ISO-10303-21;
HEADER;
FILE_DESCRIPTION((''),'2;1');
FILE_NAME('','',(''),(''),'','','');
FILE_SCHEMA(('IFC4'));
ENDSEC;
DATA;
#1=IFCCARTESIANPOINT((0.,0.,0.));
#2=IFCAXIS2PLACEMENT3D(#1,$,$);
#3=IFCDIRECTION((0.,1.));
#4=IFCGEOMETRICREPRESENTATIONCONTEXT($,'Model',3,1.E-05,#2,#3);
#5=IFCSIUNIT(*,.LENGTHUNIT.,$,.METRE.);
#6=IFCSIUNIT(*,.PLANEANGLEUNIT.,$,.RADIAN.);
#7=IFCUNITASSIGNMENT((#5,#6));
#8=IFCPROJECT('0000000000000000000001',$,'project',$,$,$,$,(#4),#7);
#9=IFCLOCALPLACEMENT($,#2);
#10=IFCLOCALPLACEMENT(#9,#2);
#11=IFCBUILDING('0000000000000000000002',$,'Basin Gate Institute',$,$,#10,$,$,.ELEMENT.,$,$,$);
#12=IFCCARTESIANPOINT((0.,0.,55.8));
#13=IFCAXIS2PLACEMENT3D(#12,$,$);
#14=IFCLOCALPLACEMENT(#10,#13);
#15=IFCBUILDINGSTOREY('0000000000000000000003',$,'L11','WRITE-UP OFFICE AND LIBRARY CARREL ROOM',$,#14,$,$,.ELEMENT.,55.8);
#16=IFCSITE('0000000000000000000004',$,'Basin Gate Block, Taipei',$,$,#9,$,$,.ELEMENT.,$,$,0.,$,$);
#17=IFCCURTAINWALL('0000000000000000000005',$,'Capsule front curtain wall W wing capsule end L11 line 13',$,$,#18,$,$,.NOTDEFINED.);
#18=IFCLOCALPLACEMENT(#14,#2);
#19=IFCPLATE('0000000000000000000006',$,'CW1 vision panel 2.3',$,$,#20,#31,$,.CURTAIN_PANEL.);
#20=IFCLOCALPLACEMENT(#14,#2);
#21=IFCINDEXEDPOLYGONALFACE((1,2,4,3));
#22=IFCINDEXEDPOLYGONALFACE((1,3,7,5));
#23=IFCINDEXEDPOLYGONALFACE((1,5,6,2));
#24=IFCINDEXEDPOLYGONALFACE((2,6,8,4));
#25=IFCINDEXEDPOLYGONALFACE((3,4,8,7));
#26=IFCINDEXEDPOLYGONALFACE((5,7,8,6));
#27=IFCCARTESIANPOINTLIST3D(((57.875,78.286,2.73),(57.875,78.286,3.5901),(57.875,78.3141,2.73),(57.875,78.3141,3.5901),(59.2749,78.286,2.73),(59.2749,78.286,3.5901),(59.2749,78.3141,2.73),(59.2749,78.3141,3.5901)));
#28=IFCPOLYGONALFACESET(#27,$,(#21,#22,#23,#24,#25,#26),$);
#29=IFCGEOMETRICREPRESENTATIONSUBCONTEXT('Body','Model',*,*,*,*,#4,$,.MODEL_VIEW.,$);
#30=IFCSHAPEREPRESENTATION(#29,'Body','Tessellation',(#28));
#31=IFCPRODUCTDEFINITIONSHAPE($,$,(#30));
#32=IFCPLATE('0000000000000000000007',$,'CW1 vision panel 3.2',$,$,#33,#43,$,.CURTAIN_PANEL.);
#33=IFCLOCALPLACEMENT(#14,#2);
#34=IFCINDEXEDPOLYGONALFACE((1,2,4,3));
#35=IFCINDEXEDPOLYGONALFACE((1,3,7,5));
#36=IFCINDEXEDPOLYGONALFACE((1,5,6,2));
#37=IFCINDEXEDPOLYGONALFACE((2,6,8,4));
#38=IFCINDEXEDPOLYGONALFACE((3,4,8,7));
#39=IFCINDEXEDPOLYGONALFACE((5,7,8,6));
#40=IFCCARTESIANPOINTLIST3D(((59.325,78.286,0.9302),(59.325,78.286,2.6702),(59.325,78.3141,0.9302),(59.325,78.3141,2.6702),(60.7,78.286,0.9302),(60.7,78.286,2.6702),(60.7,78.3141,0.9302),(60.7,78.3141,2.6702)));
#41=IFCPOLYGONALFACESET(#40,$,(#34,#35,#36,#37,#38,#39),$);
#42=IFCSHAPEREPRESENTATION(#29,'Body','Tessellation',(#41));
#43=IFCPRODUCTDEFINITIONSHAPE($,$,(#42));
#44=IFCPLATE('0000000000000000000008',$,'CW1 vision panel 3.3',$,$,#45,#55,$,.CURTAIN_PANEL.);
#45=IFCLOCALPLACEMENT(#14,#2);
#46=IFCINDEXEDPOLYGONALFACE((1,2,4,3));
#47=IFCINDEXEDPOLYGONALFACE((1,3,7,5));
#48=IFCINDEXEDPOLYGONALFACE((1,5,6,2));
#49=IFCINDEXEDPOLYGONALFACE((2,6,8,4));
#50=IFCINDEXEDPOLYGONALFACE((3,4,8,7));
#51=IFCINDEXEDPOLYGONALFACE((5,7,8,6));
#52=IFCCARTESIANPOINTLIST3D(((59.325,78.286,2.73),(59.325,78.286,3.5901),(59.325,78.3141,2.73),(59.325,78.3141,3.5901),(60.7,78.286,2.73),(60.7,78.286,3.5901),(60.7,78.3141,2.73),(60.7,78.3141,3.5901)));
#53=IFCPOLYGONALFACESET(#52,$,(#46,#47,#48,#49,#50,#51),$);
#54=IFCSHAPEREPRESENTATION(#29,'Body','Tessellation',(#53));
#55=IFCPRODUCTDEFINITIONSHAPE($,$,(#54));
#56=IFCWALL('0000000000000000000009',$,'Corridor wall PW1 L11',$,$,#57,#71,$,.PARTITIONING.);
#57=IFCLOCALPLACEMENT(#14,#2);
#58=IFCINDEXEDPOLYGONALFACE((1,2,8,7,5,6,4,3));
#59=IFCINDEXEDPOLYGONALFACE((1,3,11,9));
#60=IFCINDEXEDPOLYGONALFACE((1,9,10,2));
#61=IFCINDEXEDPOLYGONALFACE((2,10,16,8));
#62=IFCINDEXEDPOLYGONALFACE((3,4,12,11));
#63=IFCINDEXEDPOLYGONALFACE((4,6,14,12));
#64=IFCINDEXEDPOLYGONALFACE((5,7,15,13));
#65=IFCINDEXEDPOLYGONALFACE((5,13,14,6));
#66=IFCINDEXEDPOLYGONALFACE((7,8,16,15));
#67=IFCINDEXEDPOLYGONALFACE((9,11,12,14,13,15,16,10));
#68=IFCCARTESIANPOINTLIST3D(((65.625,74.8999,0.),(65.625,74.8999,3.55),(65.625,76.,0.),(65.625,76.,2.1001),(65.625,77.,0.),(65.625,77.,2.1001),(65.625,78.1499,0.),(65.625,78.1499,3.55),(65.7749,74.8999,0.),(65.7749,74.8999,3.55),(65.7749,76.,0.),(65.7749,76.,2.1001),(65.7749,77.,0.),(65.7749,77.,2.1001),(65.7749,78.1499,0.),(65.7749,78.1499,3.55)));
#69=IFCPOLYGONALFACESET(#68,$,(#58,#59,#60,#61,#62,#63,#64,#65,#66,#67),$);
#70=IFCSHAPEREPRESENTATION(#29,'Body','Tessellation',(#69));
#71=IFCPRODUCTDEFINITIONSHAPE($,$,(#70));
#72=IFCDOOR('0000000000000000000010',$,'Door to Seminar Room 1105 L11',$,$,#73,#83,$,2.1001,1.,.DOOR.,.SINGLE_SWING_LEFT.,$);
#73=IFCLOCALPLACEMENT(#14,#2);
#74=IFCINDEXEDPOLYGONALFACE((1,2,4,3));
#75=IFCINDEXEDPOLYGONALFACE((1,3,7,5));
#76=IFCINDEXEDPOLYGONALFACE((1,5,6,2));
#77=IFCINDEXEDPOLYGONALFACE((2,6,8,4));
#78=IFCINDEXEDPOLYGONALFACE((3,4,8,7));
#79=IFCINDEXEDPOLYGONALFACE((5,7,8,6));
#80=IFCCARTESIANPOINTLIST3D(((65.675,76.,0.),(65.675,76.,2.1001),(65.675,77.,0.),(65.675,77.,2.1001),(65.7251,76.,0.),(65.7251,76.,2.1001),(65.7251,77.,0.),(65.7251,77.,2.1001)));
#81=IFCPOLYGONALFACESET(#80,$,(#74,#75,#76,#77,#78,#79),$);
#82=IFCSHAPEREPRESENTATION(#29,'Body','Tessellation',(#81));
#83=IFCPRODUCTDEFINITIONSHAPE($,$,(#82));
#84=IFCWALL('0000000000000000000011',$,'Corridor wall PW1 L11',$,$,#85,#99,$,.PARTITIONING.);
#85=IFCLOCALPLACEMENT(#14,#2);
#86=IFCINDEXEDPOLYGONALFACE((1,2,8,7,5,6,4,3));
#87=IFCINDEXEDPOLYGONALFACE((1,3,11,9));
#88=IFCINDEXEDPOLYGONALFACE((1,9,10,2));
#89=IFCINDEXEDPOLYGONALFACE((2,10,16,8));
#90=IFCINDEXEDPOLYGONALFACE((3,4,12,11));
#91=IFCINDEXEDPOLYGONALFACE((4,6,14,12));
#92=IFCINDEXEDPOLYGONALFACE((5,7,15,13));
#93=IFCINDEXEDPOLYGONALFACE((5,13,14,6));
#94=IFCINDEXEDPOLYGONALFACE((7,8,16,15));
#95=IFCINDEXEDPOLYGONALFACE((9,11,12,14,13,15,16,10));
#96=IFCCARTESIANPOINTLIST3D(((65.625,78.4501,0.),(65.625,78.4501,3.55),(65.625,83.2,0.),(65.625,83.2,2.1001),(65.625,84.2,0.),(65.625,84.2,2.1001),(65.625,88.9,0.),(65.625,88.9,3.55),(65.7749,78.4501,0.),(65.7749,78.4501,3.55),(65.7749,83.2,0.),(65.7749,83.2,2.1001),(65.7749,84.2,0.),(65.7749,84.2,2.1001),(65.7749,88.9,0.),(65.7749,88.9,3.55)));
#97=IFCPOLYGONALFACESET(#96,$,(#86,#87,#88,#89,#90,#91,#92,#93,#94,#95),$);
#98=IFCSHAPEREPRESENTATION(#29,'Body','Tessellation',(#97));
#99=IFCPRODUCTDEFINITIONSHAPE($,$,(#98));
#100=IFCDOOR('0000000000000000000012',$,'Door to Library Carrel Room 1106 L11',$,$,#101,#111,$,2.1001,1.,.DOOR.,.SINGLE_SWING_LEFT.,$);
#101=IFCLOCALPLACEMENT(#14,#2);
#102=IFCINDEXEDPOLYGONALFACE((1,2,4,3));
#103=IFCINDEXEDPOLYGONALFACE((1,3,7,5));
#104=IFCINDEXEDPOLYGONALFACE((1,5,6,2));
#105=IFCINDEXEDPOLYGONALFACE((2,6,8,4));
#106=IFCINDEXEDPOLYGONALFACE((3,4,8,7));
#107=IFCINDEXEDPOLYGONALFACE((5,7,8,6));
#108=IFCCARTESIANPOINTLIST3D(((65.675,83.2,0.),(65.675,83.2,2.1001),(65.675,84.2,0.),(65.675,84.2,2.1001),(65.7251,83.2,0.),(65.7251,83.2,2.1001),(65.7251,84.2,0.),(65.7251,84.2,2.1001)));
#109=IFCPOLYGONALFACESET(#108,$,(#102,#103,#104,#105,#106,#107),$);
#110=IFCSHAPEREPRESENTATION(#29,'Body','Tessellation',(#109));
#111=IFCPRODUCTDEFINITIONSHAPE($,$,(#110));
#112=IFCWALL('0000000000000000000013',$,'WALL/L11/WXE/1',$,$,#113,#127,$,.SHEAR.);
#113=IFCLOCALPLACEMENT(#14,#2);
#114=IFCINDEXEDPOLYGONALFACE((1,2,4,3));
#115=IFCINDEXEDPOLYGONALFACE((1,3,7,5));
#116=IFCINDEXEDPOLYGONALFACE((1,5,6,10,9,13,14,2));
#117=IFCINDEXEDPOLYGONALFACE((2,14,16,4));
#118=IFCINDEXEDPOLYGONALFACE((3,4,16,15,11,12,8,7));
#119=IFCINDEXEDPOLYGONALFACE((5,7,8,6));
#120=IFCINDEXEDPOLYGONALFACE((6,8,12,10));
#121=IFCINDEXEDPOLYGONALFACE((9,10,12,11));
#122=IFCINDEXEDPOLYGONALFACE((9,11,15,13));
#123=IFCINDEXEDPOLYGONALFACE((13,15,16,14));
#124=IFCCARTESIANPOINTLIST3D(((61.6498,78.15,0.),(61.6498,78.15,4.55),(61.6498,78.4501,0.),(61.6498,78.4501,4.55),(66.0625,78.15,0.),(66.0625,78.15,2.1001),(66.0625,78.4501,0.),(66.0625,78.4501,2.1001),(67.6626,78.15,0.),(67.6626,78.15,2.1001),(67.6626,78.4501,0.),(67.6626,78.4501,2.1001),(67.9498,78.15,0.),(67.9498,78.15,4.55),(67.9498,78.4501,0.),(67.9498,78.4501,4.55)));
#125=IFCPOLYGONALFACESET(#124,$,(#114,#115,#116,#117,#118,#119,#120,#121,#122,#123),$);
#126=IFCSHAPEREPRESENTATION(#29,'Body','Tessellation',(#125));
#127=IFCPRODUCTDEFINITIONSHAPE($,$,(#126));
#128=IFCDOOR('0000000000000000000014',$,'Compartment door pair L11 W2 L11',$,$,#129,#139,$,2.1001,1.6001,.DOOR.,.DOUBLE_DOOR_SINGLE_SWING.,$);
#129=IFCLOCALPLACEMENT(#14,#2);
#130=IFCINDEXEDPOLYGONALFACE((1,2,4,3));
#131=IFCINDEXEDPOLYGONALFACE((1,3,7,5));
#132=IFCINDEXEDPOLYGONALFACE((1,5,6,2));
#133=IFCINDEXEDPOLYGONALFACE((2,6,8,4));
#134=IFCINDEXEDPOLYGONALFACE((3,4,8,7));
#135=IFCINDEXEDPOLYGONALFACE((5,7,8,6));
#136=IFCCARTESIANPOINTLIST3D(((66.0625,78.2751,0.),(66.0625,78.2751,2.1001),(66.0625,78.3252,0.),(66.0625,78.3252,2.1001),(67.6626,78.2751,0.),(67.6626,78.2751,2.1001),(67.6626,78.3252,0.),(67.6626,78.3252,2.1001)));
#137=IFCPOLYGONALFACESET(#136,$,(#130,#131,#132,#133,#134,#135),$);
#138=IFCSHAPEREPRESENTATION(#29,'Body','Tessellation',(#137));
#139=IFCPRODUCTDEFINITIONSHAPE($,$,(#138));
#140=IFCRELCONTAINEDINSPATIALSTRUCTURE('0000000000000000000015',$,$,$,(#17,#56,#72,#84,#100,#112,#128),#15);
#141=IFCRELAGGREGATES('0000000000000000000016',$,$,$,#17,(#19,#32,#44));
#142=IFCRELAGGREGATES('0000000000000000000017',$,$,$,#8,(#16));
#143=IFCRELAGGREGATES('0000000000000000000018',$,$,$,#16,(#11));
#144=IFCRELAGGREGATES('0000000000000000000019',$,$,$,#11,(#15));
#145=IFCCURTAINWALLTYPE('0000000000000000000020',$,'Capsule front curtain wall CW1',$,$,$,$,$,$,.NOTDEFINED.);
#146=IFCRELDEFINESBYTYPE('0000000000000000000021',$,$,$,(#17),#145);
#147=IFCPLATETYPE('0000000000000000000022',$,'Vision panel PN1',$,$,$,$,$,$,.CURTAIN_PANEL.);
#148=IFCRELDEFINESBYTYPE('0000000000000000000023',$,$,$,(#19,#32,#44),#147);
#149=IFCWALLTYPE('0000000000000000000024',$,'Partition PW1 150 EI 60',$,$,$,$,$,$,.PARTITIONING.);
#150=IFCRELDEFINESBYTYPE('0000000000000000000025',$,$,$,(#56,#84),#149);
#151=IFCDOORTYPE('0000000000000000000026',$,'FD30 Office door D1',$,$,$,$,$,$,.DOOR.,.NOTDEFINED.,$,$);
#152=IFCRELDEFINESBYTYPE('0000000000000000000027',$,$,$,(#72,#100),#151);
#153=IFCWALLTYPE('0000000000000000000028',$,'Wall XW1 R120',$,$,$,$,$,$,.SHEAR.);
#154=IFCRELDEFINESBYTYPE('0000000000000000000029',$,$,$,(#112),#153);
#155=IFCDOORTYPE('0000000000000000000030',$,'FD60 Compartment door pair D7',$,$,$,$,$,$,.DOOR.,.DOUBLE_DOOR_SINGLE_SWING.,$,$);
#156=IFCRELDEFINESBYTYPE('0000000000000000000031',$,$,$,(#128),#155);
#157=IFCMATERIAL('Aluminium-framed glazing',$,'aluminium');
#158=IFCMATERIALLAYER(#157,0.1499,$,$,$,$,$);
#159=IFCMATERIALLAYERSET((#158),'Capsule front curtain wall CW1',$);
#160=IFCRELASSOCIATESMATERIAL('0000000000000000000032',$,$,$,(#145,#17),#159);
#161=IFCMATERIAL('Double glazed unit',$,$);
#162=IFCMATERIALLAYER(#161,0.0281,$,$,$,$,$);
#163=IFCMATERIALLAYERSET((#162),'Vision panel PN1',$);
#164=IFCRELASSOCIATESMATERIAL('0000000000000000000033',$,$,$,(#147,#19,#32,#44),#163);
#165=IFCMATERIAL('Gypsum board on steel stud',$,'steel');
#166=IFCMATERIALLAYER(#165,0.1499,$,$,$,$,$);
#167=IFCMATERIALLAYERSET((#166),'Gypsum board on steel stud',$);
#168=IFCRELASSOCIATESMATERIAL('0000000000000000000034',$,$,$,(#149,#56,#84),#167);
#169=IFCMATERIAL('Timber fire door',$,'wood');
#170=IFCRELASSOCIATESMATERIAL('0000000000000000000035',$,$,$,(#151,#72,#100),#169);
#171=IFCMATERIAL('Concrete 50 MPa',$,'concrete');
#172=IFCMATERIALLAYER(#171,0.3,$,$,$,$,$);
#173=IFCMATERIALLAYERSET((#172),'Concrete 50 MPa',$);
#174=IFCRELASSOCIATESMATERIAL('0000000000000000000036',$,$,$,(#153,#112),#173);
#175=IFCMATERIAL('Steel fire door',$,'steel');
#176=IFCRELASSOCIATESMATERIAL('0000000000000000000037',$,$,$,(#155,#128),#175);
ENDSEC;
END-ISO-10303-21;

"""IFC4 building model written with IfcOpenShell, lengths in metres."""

from ifc_helpers import new_model, si_unit, direction, frame, frame_2d, origin, origin_2d, place, context, subcontext, project, spatial, rectangle, extrude, material, layer, layer_set, type_object, element, fill, aggregate, save


model = new_model("IFC4")

# Units and contexts
model_context = context("Model", 3, precision=1e-05, world=origin(), true_north=direction((0.0, 1.0)))
body_context = subcontext(model_context, "Body", "Model", "MODEL_VIEW")
ifc_project = project(units=[si_unit("LENGTHUNIT", "METRE"), si_unit("PLANEANGLEUNIT", "RADIAN")], contexts=[model_context])

# Site, building, storey
site_placement = place(None, origin())
site = spatial("IfcSite", under=ifc_project, at=site_placement, Name="Basin Gate Block, Taipei", CompositionType="ELEMENT", RefElevation=0.0)
building_placement = place(site_placement, origin())
building = spatial("IfcBuilding", under=site, at=building_placement, Name="Basin Gate Institute", CompositionType="ELEMENT")
storey_placement = place(building_placement, frame((0.0, 0.0, 55.8)))
storey = spatial("IfcBuildingStorey", under=building, at=storey_placement, Name="L11", Description="WRITE-UP OFFICE AND LIBRARY CARREL ROOM", CompositionType="ELEMENT", Elevation=55.8)

# Curtain wall, plates
ifc_material_1 = material(Name="Aluminium-framed glazing", Category="aluminium")
ifc_layer_1 = layer(ifc_material_1, 0.1499)
ifc_layer_set_1 = layer_set([ifc_layer_1], Name="Capsule front curtain wall CW1")
curtain_wall_type = type_object("IfcCurtainWallType", Name="Capsule front curtain wall CW1", PredefinedType="NOTDEFINED", material=ifc_layer_set_1)
curtain_wall_placement = place(storey_placement, origin())
curtain_wall = element("IfcCurtainWall", 1, at=curtain_wall_placement, inside=storey, type_object=curtain_wall_type, material=ifc_layer_set_1, Name="Capsule front curtain wall W wing capsule end L11 line 13", PredefinedType="NOTDEFINED")
ifc_material_2 = material(Name="Double glazed unit")
ifc_layer_2 = layer(ifc_material_2, 0.0281)
ifc_layer_set_2 = layer_set([ifc_layer_2], Name="Vision panel PN1")
plate_type_1 = type_object("IfcPlateType", Name="Vision panel PN1", PredefinedType="CURTAIN_PANEL", material=ifc_layer_set_2)
plate_1_placement = place(storey_placement, frame((58.575, 78.3, 2.73), z_axis=(0.0, 0.0, 1.0), x_axis=(1.0, 0.0, 0.0)))
plate_1 = element("IfcPlate", 2, at=plate_1_placement, type_object=plate_type_1, material=ifc_layer_set_2, Name="CW1 vision panel 2.3", PredefinedType="CURTAIN_PANEL", context=body_context, shape_type="SweptSolid", body=[
    extrude(rectangle(XDim=1.3999, YDim=0.0281, at=origin_2d()), origin(), (0.0, 0.0, 1.0), 0.8601),
])
plate_2_placement = place(storey_placement, frame((60.0125, 78.3, 0.9302), z_axis=(0.0, 0.0, 1.0), x_axis=(1.0, 0.0, 0.0)))
plate_2 = element("IfcPlate", 3, at=plate_2_placement, type_object=plate_type_1, material=ifc_layer_set_2, Name="CW1 vision panel 3.2", PredefinedType="CURTAIN_PANEL", context=body_context, shape_type="SweptSolid", body=[
    extrude(rectangle(XDim=1.375, YDim=0.0281, at=origin_2d()), origin(), (0.0, 0.0, 1.0), 1.74),
])
plate_3_placement = place(storey_placement, frame((60.0125, 78.3, 2.73), z_axis=(0.0, 0.0, 1.0), x_axis=(1.0, 0.0, 0.0)))
plate_3 = element("IfcPlate", 4, at=plate_3_placement, type_object=plate_type_1, material=ifc_layer_set_2, Name="CW1 vision panel 3.3", PredefinedType="CURTAIN_PANEL", context=body_context, shape_type="SweptSolid", body=[
    extrude(rectangle(XDim=1.375, YDim=0.0281, at=origin_2d()), origin(), (0.0, 0.0, 1.0), 0.8601),
])
aggregate(curtain_wall, [plate_1, plate_2, plate_3])

# Walls, openings, doors
ifc_material_3 = material(Name="Gypsum board on steel stud", Category="steel")
ifc_layer_3 = layer(ifc_material_3, 0.1499)
ifc_layer_set_3 = layer_set([ifc_layer_3], Name="Gypsum board on steel stud")
wall_type_1 = type_object("IfcWallType", Name="Partition PW1 150 EI 60", PredefinedType="PARTITIONING", material=ifc_layer_set_3)
wall_1_placement = place(storey_placement, frame((65.7, 74.8999, 0.0), z_axis=(0.0, 0.0, 1.0), x_axis=(0.0, 1.0, 0.0)))
wall_1 = element("IfcWall", 5, at=wall_1_placement, inside=storey, type_object=wall_type_1, material=ifc_layer_set_3, Name="Corridor wall PW1 L11", PredefinedType="PARTITIONING", context=body_context, shape_type="SweptSolid", body=[
    extrude(rectangle(XDim=3.25, YDim=0.1499, at=frame_2d((1.625, 0.0))), origin(), (0.0, 0.0, 1.0), 3.55),
])
opening_1_placement = place(wall_1_placement, frame((1.1001, 0.0, 0.0)))
opening_1 = element("IfcOpeningElement", 6, at=opening_1_placement, cuts=wall_1, PredefinedType="OPENING", context=body_context, shape_type="SweptSolid", body=[
    extrude(rectangle(XDim=1.0, YDim=2.1001, at=frame_2d((0.5, 1.05))), frame((0.0, 0.085, 0.0), z_axis=(0.0, -1.0, 0.0), x_axis=(1.0, 0.0, 0.0)), (0.0, 0.0, 1.0), 0.1699),
])
ifc_material_4 = material(Name="Timber fire door", Category="wood")
door_type_1 = type_object("IfcDoorType", Name="FD30 Office door D1", OperationType="NOTDEFINED", PredefinedType="DOOR", material=ifc_material_4)
door_1_placement = place(opening_1_placement, origin())
door_1 = element("IfcDoor", 7, at=door_1_placement, inside=storey, type_object=door_type_1, material=ifc_material_4, Name="Door to Seminar Room 1105 L11", OperationType="SINGLE_SWING_LEFT", OverallHeight=2.1001, OverallWidth=1.0, PredefinedType="DOOR", context=body_context, shape_type="SweptSolid", body=[
    extrude(rectangle(XDim=1.0, YDim=2.1001, at=frame_2d((0.5, 1.05))), frame((0.0, 0.0249, 0.0), z_axis=(0.0, -1.0, 0.0), x_axis=(1.0, 0.0, 0.0)), (0.0, 0.0, 1.0), 0.05),
])
fill(opening_1, door_1)
wall_2_placement = place(storey_placement, frame((65.7, 78.45, 0.0), z_axis=(0.0, 0.0, 1.0), x_axis=(0.0, 1.0, 0.0)))
wall_2 = element("IfcWall", 8, at=wall_2_placement, inside=storey, type_object=wall_type_1, material=ifc_layer_set_3, Name="Corridor wall PW1 L11", PredefinedType="PARTITIONING", context=body_context, shape_type="SweptSolid", body=[
    extrude(rectangle(XDim=10.45, YDim=0.1499, at=frame_2d((5.2251, 0.0))), origin(), (0.0, 0.0, 1.0), 3.55),
])
opening_2_placement = place(wall_2_placement, frame((4.75, 0.0, 0.0)))
opening_2 = element("IfcOpeningElement", 9, at=opening_2_placement, cuts=wall_2, PredefinedType="OPENING", context=body_context, shape_type="SweptSolid", body=[
    extrude(rectangle(XDim=1.0, YDim=2.1001, at=frame_2d((0.5, 1.05))), frame((0.0, 0.085, 0.0), z_axis=(0.0, -1.0, 0.0), x_axis=(1.0, 0.0, 0.0)), (0.0, 0.0, 1.0), 0.1699),
])
door_2_placement = place(opening_2_placement, origin())
door_2 = element("IfcDoor", 10, at=door_2_placement, inside=storey, type_object=door_type_1, material=ifc_material_4, Name="Door to Library Carrel Room 1106 L11", OperationType="SINGLE_SWING_LEFT", OverallHeight=2.1001, OverallWidth=1.0, PredefinedType="DOOR", context=body_context, shape_type="SweptSolid", body=[
    extrude(rectangle(XDim=1.0, YDim=2.1001, at=frame_2d((0.5, 1.05))), frame((0.0, 0.0249, 0.0), z_axis=(0.0, -1.0, 0.0), x_axis=(1.0, 0.0, 0.0)), (0.0, 0.0, 1.0), 0.05),
])
fill(opening_2, door_2)
ifc_material_5 = material(Name="Concrete 50 MPa", Category="concrete")
ifc_layer_4 = layer(ifc_material_5, 0.3)
ifc_layer_set_4 = layer_set([ifc_layer_4], Name="Concrete 50 MPa")
wall_type_2 = type_object("IfcWallType", Name="Wall XW1 R120", PredefinedType="SHEAR", material=ifc_layer_set_4)
wall_3_placement = place(storey_placement, frame((61.6499, 78.3, 0.0), z_axis=(0.0, 0.0, 1.0), x_axis=(1.0, 0.0, 0.0)))
wall_3 = element("IfcWall", 11, at=wall_3_placement, inside=storey, type_object=wall_type_2, material=ifc_layer_set_4, Name="WALL/L11/WXE/1", PredefinedType="SHEAR", context=body_context, shape_type="SweptSolid", body=[
    extrude(rectangle(XDim=6.3, YDim=0.3, at=frame_2d((3.1499, 0.0))), origin(), (0.0, 0.0, 1.0), 4.55),
])
opening_3_placement = place(wall_3_placement, frame((4.4126, 0.0, 0.0)))
opening_3 = element("IfcOpeningElement", 12, at=opening_3_placement, cuts=wall_3, PredefinedType="OPENING", context=body_context, shape_type="SweptSolid", body=[
    extrude(rectangle(XDim=1.6001, YDim=2.1001, at=frame_2d((0.8, 1.05))), frame((0.0, 0.1602, 0.0), z_axis=(0.0, -1.0, 0.0), x_axis=(1.0, 0.0, 0.0)), (0.0, 0.0, 1.0), 0.3201),
])
ifc_material_6 = material(Name="Steel fire door", Category="steel")
door_type_2 = type_object("IfcDoorType", Name="FD60 Compartment door pair D7", OperationType="DOUBLE_DOOR_SINGLE_SWING", PredefinedType="DOOR", material=ifc_material_6)
door_3_placement = place(opening_3_placement, frame((1.6001, 0.0, 0.0), z_axis=(0.0, 0.0, 1.0), x_axis=(-1.0, 0.0, 0.0)))
door_3 = element("IfcDoor", 13, at=door_3_placement, inside=storey, type_object=door_type_2, material=ifc_material_6, Name="Compartment door pair L11 W2 L11", OperationType="DOUBLE_DOOR_SINGLE_SWING", OverallHeight=2.1001, OverallWidth=1.6001, PredefinedType="DOOR", context=body_context, shape_type="SweptSolid", body=[
    extrude(rectangle(XDim=1.6001, YDim=2.1001, at=frame_2d((0.8, 1.05))), frame((0.0, 0.0249, 0.0), z_axis=(0.0, -1.0, 0.0), x_axis=(1.0, 0.0, 0.0)), (0.0, 0.0, 1.0), 0.05),
])
fill(opening_3, door_3)

save(model, "model.ifc")
